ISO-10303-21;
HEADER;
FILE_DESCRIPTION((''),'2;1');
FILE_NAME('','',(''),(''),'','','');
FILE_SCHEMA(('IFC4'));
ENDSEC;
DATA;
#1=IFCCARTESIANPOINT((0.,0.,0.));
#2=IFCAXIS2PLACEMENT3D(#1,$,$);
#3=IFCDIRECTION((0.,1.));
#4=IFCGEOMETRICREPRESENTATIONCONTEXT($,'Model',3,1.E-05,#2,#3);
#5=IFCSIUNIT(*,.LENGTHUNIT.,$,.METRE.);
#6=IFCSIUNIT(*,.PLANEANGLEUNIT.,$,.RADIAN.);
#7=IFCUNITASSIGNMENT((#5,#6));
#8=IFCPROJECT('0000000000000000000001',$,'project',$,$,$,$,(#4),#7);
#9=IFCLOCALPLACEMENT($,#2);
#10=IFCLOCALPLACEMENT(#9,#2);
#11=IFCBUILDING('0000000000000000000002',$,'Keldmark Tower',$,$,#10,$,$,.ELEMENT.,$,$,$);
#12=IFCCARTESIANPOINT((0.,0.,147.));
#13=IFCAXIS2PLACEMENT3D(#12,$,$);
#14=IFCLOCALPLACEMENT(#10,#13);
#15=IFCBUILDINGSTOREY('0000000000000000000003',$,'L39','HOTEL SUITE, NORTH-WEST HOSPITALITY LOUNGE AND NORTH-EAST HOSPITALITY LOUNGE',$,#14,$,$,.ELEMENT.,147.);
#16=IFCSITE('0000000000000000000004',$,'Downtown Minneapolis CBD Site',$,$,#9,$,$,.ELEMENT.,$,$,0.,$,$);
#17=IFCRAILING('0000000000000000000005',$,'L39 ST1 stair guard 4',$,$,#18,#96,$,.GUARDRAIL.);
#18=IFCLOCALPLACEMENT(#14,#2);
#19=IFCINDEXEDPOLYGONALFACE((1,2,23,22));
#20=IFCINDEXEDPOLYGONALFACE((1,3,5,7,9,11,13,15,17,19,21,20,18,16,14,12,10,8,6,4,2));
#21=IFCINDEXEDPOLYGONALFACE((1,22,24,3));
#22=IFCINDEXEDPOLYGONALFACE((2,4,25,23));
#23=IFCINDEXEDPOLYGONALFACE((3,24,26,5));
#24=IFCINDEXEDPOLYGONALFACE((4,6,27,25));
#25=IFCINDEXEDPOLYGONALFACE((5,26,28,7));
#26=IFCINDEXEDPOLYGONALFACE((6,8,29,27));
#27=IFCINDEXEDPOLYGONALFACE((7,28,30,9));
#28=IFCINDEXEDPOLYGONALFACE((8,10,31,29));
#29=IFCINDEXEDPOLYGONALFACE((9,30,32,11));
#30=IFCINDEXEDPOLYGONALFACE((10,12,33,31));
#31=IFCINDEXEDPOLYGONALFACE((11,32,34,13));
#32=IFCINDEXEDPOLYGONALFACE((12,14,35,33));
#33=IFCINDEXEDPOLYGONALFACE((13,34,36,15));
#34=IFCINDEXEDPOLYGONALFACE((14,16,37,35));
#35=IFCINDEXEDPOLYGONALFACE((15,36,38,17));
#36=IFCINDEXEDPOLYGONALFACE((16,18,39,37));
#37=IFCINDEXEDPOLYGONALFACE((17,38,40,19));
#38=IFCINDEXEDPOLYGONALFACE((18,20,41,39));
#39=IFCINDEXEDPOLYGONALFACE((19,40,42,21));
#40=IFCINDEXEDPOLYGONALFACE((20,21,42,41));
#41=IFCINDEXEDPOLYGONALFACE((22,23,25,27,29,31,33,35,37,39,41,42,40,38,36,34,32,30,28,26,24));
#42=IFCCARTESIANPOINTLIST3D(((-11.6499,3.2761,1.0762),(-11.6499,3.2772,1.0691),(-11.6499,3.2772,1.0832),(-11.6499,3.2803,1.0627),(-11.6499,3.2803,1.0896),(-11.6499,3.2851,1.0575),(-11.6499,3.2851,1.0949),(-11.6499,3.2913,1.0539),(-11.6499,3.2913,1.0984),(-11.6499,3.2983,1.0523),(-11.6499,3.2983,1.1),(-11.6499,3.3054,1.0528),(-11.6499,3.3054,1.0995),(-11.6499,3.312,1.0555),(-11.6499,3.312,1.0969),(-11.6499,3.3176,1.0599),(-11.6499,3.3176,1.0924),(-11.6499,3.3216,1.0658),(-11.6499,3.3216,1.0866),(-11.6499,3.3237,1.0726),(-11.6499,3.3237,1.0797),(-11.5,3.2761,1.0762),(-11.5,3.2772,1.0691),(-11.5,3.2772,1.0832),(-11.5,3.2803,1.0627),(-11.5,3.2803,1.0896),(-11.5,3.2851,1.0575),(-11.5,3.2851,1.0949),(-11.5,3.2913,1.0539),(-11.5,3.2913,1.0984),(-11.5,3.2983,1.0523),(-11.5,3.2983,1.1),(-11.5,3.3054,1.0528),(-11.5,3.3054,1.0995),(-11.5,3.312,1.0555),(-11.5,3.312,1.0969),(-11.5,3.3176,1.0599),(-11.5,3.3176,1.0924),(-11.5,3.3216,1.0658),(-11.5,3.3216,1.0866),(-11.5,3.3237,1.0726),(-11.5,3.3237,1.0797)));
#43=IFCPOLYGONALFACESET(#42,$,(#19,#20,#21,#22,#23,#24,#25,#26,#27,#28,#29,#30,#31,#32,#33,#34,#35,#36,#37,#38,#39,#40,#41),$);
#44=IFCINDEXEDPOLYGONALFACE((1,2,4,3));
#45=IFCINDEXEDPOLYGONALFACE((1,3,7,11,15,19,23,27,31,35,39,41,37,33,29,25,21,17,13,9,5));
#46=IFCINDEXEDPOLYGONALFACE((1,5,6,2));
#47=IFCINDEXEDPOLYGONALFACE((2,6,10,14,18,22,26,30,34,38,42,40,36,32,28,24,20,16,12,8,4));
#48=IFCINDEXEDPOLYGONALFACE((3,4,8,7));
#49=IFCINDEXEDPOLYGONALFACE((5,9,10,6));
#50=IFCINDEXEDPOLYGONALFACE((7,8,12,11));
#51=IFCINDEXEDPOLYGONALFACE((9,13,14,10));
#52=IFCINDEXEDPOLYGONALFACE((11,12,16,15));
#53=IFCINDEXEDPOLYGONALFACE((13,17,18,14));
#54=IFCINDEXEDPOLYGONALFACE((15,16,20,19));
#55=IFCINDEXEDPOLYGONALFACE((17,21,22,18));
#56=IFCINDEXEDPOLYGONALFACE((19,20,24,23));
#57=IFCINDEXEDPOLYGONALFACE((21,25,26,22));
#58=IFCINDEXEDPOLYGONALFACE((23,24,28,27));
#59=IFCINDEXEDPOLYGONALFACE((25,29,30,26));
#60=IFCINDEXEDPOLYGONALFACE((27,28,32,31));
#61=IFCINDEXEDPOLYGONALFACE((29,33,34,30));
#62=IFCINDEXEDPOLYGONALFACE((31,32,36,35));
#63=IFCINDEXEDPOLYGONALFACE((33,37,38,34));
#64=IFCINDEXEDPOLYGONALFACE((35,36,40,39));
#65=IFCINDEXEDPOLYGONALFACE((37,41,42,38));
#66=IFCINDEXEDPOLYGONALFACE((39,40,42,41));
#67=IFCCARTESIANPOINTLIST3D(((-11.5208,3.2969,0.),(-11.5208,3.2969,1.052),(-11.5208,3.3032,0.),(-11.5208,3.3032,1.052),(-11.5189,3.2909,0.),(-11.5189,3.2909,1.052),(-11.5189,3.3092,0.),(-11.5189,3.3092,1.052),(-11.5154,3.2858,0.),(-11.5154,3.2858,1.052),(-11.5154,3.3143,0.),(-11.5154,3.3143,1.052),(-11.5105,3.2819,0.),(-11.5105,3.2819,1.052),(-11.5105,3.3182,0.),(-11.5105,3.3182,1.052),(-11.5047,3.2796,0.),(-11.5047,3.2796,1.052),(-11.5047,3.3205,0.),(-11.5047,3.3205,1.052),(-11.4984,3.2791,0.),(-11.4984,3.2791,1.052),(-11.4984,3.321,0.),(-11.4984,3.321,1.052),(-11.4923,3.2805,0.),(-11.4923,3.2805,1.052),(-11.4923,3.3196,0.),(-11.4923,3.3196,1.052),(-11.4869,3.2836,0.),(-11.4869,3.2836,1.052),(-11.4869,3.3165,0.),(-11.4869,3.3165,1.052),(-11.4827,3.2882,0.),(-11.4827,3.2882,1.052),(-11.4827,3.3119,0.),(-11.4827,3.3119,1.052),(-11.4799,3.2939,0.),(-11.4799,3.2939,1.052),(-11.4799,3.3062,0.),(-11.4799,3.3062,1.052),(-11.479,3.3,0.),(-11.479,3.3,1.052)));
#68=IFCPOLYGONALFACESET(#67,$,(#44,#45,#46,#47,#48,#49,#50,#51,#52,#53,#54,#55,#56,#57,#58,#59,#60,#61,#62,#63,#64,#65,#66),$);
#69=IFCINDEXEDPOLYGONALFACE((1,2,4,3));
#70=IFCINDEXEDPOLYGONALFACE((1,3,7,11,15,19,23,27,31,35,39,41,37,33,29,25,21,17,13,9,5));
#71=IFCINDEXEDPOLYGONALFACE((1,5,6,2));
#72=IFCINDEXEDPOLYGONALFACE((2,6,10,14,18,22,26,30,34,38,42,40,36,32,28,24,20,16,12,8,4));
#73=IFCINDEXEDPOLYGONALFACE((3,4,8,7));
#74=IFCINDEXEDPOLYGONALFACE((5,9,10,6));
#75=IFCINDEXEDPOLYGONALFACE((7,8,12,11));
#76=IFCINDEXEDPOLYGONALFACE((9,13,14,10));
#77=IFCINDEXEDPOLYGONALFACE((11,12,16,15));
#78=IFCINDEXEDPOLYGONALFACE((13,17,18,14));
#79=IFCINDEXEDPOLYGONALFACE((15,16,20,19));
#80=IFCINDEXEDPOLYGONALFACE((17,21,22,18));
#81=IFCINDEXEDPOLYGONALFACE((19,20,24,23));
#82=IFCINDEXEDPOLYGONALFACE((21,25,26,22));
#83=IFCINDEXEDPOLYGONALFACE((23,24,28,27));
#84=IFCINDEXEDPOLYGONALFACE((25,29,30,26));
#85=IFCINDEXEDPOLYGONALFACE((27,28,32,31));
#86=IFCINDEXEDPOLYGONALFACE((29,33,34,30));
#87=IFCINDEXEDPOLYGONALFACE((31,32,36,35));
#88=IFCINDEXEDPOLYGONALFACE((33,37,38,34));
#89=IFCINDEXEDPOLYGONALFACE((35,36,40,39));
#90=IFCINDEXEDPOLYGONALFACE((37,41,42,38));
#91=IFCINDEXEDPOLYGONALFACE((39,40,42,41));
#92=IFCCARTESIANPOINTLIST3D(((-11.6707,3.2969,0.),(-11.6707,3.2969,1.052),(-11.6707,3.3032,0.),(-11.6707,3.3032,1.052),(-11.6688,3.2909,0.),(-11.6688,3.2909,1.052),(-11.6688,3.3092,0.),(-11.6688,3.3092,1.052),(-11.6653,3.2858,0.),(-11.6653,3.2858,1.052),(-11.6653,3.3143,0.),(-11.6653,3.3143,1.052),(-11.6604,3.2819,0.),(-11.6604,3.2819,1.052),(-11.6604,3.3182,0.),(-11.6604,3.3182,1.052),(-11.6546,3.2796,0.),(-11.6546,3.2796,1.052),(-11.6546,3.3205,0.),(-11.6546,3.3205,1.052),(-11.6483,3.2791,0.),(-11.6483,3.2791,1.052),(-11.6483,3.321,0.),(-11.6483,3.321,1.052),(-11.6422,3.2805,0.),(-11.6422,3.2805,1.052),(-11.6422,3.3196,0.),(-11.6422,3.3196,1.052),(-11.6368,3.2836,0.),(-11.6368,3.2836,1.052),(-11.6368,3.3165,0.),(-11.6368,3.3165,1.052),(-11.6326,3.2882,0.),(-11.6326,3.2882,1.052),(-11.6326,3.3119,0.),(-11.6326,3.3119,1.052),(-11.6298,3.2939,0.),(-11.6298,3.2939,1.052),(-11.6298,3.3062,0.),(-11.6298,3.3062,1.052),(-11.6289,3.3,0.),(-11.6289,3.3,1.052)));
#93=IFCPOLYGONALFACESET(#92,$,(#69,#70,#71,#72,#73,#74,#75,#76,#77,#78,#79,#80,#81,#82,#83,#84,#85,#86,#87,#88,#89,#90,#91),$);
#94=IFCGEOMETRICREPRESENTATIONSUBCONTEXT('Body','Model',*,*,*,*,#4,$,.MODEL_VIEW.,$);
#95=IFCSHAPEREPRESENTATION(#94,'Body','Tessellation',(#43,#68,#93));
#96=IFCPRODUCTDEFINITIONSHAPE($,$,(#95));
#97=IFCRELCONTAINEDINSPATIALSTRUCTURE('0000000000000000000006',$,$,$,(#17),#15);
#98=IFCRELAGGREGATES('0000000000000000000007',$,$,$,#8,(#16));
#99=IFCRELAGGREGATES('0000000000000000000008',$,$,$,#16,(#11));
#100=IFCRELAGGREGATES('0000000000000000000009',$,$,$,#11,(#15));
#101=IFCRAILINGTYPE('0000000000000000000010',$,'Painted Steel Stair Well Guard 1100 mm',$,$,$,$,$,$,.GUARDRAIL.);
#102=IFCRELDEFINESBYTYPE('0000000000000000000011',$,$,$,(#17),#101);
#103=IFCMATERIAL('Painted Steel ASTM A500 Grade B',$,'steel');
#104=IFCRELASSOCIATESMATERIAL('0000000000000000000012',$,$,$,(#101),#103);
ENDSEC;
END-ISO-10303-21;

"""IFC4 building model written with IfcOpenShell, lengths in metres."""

from ifc_helpers import new_model, si_unit, direction, frame, origin, origin_2d, place, context, subcontext, project, spatial, circle, extrude, material, type_object, element, save


model = new_model("IFC4")

# Units and contexts
model_context = context("Model", 3, precision=1e-05, world=origin(), true_north=direction((0.0, 1.0)))
body_context = subcontext(model_context, "Body", "Model", "MODEL_VIEW")
ifc_project = project(units=[si_unit("LENGTHUNIT", "METRE"), si_unit("PLANEANGLEUNIT", "RADIAN")], contexts=[model_context])

# Site, building, storey
site_placement = place(None, origin())
site = spatial("IfcSite", under=ifc_project, at=site_placement, Name="Downtown Minneapolis CBD Site", CompositionType="ELEMENT", RefElevation=0.0)
building_placement = place(site_placement, origin())
building = spatial("IfcBuilding", under=site, at=building_placement, Name="Keldmark Tower", CompositionType="ELEMENT")
storey_placement = place(building_placement, frame((0.0, 0.0, 147.0)))
storey = spatial("IfcBuildingStorey", under=building, at=storey_placement, Name="L39", Description="HOTEL SUITE, NORTH-WEST HOSPITALITY LOUNGE AND NORTH-EAST HOSPITALITY LOUNGE", CompositionType="ELEMENT", Elevation=147.0)

# Railing
ifc_material_1 = material(Name="Painted Steel ASTM A500 Grade B", Category="steel")
railing_type_1 = type_object("IfcRailingType", Name="Painted Steel Stair Well Guard 1100 mm", PredefinedType="GUARDRAIL", material=ifc_material_1)
railing_1_placement = place(storey_placement, frame((-11.5, 3.3, 0.0)))
element("IfcRailing", 1, at=railing_1_placement, inside=storey, type_object=railing_type_1, Name="L39 ST1 stair guard 4", PredefinedType="GUARDRAIL", context=body_context, shape_type="SweptSolid", body=[
    extrude(circle(Radius=0.0239, at=origin_2d()), frame((0.0, 0.0, 1.0762), z_axis=(-1.0, 0.0, 0.0), x_axis=(0.0, -1.0, 0.0)), (0.0, 0.0, 1.0), 0.1499),
    extrude(circle(Radius=0.021, at=origin_2d()), origin(), (0.0, 0.0, 1.0), 1.052),
    extrude(circle(Radius=0.021, at=origin_2d()), frame((-0.1499, 0.0, 0.0)), (0.0, 0.0, 1.0), 1.052),
])

save(model, "model.ifc")
